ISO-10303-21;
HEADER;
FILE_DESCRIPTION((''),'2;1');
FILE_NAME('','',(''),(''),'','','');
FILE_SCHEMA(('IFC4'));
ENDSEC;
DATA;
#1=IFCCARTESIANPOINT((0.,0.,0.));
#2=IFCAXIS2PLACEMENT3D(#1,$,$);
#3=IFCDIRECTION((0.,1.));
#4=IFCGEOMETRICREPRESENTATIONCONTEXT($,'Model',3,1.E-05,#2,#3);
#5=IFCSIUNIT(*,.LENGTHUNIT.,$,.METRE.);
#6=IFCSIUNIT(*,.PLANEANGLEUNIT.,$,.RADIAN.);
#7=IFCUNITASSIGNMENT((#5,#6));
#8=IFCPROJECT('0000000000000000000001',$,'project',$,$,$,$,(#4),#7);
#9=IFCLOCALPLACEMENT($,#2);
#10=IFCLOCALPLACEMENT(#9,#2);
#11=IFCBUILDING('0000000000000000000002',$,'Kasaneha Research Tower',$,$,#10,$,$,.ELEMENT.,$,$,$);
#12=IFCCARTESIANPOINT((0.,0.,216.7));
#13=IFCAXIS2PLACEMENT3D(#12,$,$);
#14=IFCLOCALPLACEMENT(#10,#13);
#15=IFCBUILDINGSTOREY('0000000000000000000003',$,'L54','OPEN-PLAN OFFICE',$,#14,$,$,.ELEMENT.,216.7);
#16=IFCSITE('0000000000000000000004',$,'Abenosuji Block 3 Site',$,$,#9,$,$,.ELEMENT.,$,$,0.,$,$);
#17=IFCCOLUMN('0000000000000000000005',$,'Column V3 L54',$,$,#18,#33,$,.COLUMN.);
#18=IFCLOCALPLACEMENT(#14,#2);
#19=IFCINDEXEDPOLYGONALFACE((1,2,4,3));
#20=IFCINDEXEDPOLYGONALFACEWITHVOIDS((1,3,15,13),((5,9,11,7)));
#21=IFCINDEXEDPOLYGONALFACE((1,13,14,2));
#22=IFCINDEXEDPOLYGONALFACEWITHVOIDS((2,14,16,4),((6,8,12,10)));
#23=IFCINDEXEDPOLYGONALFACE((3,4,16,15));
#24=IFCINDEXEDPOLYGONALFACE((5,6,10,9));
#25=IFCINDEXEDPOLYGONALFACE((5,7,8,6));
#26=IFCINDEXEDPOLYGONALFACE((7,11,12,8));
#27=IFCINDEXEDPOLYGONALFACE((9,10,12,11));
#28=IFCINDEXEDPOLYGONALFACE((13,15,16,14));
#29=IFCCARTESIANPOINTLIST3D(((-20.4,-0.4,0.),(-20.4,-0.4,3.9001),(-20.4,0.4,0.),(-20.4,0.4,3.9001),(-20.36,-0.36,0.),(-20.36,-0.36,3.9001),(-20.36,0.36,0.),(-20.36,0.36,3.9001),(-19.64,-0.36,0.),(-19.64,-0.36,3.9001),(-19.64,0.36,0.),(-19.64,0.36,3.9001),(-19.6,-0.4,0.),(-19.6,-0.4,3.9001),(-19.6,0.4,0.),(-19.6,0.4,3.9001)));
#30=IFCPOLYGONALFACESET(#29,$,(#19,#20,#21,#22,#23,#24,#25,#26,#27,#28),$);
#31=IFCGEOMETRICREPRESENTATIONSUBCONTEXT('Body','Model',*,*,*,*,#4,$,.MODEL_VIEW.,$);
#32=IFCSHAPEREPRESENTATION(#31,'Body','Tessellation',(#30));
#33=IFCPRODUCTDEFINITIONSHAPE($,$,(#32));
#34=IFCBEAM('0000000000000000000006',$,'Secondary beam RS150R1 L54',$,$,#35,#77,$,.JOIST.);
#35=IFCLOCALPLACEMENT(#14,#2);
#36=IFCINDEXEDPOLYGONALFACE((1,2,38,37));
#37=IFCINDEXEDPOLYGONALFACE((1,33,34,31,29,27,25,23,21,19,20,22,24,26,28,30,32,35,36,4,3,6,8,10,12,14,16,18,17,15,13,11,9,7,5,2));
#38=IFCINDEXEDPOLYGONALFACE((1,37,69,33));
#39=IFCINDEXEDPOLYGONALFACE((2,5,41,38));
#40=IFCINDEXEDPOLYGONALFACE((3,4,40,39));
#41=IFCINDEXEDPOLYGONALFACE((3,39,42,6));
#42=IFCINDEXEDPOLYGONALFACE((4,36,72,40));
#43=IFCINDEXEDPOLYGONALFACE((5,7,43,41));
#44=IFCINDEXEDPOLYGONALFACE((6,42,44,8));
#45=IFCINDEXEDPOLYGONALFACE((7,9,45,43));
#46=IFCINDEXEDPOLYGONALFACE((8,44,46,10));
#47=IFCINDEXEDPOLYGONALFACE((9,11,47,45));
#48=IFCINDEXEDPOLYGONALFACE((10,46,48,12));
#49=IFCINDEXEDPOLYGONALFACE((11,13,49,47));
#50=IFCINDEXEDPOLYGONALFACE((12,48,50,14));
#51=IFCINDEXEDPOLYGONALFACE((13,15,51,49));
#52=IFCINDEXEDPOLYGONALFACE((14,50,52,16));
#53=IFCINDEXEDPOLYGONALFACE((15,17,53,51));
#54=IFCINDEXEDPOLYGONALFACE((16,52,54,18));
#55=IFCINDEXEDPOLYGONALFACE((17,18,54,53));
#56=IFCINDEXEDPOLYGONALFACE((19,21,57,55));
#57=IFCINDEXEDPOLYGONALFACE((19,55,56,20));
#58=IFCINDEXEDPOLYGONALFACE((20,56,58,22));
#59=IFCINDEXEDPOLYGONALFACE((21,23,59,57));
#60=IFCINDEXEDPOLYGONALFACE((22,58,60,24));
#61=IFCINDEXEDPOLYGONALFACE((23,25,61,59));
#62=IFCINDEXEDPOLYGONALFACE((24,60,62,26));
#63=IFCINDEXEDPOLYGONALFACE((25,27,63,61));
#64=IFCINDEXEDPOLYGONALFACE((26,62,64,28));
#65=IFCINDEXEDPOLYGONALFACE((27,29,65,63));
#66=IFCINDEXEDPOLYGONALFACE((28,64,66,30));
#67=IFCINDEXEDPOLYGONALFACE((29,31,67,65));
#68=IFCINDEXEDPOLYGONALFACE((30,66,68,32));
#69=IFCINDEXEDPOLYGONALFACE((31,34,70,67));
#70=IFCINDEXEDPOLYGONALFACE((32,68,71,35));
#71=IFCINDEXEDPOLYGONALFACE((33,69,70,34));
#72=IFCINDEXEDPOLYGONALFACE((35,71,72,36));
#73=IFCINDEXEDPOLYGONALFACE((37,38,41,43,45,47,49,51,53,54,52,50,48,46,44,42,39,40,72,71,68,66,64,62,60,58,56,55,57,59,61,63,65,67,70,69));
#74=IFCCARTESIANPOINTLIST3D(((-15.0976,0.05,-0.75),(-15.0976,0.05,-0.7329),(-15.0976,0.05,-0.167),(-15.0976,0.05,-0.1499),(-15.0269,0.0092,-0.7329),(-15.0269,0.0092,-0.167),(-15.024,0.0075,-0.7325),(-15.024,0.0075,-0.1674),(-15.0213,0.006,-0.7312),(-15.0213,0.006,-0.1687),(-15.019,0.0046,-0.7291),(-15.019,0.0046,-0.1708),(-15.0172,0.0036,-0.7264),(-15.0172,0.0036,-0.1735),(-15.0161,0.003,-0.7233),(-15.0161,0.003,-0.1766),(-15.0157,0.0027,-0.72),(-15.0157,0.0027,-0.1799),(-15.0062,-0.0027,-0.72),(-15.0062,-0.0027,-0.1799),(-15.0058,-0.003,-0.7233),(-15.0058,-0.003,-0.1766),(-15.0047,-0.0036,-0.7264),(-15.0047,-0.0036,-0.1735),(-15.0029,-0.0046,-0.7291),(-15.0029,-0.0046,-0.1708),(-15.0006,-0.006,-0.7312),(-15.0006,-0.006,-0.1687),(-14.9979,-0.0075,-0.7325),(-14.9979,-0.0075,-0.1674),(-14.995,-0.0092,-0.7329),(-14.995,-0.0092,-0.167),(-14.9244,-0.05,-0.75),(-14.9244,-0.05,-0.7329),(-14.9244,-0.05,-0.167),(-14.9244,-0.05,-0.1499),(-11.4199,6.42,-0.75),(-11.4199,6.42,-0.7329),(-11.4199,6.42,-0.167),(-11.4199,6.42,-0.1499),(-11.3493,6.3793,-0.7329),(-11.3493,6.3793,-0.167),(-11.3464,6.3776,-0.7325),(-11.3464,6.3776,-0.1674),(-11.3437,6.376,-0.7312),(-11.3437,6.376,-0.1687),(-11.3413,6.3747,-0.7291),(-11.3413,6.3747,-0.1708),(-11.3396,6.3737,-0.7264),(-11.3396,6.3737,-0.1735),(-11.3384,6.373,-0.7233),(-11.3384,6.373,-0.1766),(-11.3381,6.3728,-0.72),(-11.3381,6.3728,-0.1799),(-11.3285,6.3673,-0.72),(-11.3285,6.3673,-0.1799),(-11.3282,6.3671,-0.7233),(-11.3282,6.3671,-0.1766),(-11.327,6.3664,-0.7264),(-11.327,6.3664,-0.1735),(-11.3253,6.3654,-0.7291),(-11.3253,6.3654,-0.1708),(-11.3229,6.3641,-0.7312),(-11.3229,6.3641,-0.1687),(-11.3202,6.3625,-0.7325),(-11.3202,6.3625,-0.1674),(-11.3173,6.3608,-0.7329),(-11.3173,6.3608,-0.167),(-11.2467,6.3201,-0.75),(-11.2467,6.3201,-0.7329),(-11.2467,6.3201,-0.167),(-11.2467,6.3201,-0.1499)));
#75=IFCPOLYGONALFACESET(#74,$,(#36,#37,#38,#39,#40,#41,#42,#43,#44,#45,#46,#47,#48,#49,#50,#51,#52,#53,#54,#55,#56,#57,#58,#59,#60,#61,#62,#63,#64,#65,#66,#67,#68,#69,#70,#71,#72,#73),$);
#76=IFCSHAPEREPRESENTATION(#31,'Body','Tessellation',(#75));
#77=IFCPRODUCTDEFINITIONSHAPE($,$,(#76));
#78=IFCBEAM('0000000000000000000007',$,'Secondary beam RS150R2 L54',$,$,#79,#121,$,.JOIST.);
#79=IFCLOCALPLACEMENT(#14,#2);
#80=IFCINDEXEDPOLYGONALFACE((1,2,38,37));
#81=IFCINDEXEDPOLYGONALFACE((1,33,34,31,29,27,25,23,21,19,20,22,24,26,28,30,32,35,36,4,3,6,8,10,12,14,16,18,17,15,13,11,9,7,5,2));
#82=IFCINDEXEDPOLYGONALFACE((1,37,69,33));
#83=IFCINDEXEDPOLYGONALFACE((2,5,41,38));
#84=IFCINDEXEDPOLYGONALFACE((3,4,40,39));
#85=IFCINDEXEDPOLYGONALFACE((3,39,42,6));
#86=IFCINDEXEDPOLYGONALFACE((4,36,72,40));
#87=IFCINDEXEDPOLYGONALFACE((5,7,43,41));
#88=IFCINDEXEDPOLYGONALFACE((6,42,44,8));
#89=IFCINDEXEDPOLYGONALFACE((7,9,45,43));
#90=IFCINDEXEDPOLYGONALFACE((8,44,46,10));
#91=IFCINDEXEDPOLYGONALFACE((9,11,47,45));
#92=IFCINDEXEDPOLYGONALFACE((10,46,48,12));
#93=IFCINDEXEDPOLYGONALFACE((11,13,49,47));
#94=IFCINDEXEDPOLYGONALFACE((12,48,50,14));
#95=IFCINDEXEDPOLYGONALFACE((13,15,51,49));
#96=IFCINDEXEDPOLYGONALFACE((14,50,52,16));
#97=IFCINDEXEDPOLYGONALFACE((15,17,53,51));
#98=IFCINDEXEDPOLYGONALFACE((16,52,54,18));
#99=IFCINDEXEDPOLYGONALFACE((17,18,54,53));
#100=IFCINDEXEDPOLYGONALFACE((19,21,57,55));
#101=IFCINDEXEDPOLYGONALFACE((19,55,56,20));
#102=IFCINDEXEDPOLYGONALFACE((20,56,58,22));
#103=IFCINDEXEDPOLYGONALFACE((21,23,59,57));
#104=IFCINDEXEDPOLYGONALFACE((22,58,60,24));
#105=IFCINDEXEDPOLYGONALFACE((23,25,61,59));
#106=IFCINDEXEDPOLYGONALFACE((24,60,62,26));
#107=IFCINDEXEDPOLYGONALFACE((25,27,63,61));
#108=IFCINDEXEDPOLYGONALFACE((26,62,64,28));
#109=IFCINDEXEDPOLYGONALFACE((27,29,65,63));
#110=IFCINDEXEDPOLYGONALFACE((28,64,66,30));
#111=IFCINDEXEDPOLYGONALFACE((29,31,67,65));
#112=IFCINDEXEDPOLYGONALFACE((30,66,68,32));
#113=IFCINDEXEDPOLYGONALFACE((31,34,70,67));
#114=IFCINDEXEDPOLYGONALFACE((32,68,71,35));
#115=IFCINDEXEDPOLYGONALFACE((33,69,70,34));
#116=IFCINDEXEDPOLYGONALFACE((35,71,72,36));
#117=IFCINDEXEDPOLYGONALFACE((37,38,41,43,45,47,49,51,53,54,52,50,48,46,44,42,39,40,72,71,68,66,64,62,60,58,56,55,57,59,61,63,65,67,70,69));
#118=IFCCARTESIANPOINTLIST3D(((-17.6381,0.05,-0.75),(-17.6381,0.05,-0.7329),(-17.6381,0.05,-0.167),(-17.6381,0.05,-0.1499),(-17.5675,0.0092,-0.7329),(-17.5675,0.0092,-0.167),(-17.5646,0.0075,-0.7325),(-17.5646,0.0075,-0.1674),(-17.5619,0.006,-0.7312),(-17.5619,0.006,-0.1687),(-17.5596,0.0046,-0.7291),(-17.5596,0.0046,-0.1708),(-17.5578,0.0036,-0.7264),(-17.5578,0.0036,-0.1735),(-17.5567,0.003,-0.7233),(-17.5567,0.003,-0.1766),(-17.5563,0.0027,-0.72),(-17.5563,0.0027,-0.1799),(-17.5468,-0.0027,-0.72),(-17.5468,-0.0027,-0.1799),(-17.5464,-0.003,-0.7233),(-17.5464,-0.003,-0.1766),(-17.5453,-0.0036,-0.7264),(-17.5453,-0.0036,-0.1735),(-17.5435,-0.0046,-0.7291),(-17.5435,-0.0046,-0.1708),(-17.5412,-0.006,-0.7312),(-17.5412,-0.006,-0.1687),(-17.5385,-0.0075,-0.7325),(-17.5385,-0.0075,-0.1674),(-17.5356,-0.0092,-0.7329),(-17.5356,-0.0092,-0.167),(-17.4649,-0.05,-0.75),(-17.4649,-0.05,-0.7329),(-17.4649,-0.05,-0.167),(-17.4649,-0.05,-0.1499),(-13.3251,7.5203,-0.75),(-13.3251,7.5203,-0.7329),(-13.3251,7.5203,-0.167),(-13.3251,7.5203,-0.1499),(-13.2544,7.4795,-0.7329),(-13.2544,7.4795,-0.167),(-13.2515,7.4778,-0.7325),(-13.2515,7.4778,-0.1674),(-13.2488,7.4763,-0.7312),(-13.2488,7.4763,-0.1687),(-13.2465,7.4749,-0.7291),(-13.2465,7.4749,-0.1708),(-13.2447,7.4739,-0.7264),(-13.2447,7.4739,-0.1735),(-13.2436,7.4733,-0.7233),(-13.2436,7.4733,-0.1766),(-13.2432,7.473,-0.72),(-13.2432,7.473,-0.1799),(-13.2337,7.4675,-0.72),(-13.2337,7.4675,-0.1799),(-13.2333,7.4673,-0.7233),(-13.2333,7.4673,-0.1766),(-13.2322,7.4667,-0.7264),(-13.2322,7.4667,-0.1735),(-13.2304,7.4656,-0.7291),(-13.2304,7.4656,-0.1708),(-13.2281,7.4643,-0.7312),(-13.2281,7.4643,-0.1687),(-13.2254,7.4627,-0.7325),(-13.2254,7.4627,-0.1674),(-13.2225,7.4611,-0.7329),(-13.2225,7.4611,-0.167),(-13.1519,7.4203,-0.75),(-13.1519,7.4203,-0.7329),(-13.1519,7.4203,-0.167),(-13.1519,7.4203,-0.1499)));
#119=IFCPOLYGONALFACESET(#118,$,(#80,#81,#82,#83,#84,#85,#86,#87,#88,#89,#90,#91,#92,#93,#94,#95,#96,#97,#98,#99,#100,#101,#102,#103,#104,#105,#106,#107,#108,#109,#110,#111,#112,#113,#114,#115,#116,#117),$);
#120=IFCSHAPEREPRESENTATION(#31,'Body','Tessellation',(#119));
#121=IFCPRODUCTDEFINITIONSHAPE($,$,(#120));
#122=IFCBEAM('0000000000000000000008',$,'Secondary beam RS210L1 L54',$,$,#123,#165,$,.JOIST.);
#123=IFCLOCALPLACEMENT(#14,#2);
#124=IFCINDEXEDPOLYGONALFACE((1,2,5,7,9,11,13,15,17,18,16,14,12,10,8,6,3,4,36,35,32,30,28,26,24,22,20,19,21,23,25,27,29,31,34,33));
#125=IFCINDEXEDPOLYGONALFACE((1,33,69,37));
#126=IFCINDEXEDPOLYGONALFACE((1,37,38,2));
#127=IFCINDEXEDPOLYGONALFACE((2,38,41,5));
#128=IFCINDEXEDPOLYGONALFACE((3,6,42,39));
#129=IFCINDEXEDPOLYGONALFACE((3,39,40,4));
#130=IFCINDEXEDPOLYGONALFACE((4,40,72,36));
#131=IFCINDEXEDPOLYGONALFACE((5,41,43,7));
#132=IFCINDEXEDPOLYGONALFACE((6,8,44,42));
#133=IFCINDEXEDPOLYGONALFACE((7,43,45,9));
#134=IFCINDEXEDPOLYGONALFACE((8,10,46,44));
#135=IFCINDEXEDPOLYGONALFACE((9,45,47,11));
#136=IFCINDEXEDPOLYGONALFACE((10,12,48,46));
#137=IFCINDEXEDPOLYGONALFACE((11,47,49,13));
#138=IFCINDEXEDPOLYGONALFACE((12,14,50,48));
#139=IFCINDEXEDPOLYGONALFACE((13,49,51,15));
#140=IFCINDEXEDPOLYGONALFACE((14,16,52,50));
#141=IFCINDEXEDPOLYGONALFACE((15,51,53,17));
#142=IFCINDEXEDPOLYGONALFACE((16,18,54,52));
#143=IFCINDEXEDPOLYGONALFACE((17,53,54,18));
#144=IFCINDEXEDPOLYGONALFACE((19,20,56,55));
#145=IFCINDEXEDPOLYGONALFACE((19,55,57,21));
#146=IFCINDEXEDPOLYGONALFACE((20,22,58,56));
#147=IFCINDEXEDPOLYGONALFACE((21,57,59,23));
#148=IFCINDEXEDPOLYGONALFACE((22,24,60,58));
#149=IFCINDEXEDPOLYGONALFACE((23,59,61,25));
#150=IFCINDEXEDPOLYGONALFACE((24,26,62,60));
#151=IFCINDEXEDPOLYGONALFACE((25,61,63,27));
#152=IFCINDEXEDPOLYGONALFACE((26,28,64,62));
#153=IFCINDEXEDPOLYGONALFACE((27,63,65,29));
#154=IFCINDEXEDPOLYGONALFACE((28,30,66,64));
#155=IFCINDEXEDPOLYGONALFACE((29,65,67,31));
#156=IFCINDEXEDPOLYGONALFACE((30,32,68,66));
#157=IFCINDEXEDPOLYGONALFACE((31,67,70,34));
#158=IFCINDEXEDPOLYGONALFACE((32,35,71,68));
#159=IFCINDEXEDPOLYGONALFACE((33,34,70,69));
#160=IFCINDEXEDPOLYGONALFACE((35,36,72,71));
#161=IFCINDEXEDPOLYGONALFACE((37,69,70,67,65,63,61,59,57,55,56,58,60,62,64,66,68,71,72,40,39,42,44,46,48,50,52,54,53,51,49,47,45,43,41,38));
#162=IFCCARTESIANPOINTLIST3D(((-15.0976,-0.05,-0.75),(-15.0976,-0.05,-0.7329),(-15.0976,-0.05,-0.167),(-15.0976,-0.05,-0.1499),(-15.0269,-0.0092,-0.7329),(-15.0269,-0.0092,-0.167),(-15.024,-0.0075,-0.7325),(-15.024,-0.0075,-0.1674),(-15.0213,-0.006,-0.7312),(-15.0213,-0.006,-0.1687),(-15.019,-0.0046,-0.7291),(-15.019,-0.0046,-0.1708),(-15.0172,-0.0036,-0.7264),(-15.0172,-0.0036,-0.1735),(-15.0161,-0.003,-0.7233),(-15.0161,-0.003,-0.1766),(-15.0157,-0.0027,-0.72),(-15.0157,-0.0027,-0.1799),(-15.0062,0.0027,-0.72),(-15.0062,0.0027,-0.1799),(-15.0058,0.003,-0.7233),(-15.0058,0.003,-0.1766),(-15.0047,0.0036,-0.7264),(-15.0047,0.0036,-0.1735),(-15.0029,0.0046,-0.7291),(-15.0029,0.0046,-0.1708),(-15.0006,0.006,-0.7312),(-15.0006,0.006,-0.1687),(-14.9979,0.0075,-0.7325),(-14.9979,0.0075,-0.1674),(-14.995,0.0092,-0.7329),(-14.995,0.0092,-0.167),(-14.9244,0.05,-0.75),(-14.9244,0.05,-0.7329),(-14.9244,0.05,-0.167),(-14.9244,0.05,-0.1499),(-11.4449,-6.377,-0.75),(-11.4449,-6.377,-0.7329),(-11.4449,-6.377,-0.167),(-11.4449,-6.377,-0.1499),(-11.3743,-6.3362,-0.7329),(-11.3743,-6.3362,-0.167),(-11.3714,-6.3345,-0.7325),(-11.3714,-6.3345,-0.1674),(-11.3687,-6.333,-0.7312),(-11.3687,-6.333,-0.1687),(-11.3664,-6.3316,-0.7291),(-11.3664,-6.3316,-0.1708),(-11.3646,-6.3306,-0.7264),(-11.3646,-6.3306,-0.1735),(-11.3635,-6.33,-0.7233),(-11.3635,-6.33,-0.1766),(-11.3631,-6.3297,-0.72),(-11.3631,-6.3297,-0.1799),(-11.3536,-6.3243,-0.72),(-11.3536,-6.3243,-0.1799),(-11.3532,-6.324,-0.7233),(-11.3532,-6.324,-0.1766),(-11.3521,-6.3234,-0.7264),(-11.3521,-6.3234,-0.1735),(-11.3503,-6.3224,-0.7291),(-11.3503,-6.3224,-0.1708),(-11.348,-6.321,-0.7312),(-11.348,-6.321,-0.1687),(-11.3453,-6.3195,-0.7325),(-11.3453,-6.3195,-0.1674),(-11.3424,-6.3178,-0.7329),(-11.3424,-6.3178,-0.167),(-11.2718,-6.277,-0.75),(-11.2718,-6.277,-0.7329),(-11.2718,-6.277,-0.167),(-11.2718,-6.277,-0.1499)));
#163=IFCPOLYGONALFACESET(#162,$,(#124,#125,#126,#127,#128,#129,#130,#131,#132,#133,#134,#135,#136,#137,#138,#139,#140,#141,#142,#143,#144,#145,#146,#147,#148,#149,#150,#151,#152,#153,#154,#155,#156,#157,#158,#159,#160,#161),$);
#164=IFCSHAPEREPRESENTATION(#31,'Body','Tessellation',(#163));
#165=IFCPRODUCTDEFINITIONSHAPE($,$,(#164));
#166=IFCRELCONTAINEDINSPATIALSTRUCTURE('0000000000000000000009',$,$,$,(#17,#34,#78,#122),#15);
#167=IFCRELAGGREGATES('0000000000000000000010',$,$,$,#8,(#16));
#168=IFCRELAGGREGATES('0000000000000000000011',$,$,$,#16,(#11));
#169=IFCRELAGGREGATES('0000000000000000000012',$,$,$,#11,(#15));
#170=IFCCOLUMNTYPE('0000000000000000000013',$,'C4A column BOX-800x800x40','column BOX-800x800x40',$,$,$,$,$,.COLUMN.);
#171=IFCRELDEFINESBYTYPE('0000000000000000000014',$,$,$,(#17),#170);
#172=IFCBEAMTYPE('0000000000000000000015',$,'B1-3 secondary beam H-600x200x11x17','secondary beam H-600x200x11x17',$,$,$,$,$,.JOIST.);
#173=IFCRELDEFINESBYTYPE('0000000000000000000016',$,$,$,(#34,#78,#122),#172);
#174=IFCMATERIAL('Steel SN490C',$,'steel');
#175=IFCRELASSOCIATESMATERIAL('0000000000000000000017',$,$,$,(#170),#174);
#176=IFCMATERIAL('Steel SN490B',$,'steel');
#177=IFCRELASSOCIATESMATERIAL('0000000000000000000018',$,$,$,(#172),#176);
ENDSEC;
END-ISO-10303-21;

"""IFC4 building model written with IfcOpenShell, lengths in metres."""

from ifc_helpers import new_model, si_unit, direction, frame, origin, origin_2d, place, context, subcontext, project, spatial, hollow_rectangle, i_section, extrude, material, material_profile, profile_set, type_object, element, save


model = new_model("IFC4")

# Units and contexts
model_context = context("Model", 3, precision=1e-05, world=origin(), true_north=direction((0.0, 1.0)))
body_context = subcontext(model_context, "Body", "Model", "MODEL_VIEW")
ifc_project = project(units=[si_unit("LENGTHUNIT", "METRE"), si_unit("PLANEANGLEUNIT", "RADIAN")], contexts=[model_context])

# Site, building, storey
site_placement = place(None, origin())
site = spatial("IfcSite", under=ifc_project, at=site_placement, Name="Abenosuji Block 3 Site", CompositionType="ELEMENT", RefElevation=0.0)
building_placement = place(site_placement, origin())
building = spatial("IfcBuilding", under=site, at=building_placement, Name="Kasaneha Research Tower", CompositionType="ELEMENT")
storey_placement = place(building_placement, frame((0.0, 0.0, 216.7)))
storey = spatial("IfcBuildingStorey", under=building, at=storey_placement, Name="L54", Description="OPEN-PLAN OFFICE", CompositionType="ELEMENT", Elevation=216.7)

# Column
ifc_material_1 = material(Name="Steel SN490C", Category="steel")
ifc_material_profile_1 = material_profile(ifc_material_1, hollow_rectangle(XDim=0.8, YDim=0.8, WallThickness=0.04, at=origin_2d()), Name="BOX-800x800x40")
ifc_profile_set_1 = profile_set([ifc_material_profile_1], Name="Steel SN490C")
column_type = type_object("IfcColumnType", Name="C4A column BOX-800x800x40", Description="column BOX-800x800x40", PredefinedType="COLUMN", material=ifc_profile_set_1)
column_placement = place(storey_placement, frame((-20.0, 0.0, 0.0), z_axis=(0.0, 0.0, 1.0), x_axis=(1.0, 0.0, 0.0)))
element("IfcColumn", 1, at=column_placement, inside=storey, type_object=column_type, Name="Column V3 L54", PredefinedType="COLUMN", context=body_context, shape_type="SweptSolid", body=[
    extrude(hollow_rectangle(XDim=0.8, YDim=0.8, WallThickness=0.04, at=origin_2d()), origin(), (0.0, 0.0, 1.0), 3.9001),
])

# Beams
ifc_material_2 = material(Name="Steel SN490B", Category="steel")
ifc_material_profile_2 = material_profile(ifc_material_2, i_section(OverallWidth=0.2, OverallDepth=0.6001, WebThickness=0.011, FlangeThickness=0.0171, FilletRadius=0.0129, at=origin_2d()), Name="H-600x200x11x17")
ifc_profile_set_2 = profile_set([ifc_material_profile_2], Name="Steel SN490B")
beam_type_1 = type_object("IfcBeamType", Name="B1-3 secondary beam H-600x200x11x17", Description="secondary beam H-600x200x11x17", PredefinedType="JOIST", material=ifc_profile_set_2)
beam_1_placement = place(storey_placement, frame((-15.011, 0.0, -0.45), z_axis=(0.499994, 0.866029, 0.0), x_axis=(-0.866029, 0.499994, 0.0)))
element("IfcBeam", 2, at=beam_1_placement, inside=storey, type_object=beam_type_1, Name="Secondary beam RS150R1 L54", PredefinedType="JOIST", context=body_context, shape_type="SweptSolid", body=[
    extrude(i_section(OverallWidth=0.2, OverallDepth=0.6001, WebThickness=0.011, FlangeThickness=0.0171, FilletRadius=0.0129, at=origin_2d()), origin(), (0.0, 0.0, 1.0), 7.3555),
])
beam_2_placement = place(storey_placement, frame((-17.5515, 0.0, -0.45), z_axis=(0.500005, 0.866023, 0.0), x_axis=(-0.866023, 0.500005, 0.0)))
element("IfcBeam", 3, at=beam_2_placement, inside=storey, type_object=beam_type_1, Name="Secondary beam RS150R2 L54", PredefinedType="JOIST", context=body_context, shape_type="SweptSolid", body=[
    extrude(i_section(OverallWidth=0.2, OverallDepth=0.6001, WebThickness=0.011, FlangeThickness=0.0171, FilletRadius=0.0129, at=origin_2d()), origin(), (0.0, 0.0, 1.0), 8.626),
])
beam_3_placement = place(storey_placement, frame((-15.011, 0.0, -0.45), z_axis=(0.499974, -0.86604, 0.0), x_axis=(0.86604, 0.499974, 0.0)))
element("IfcBeam", 4, at=beam_3_placement, inside=storey, type_object=beam_type_1, Name="Secondary beam RS210L1 L54", PredefinedType="JOIST", context=body_context, shape_type="SweptSolid", body=[
    extrude(i_section(OverallWidth=0.2, OverallDepth=0.6001, WebThickness=0.011, FlangeThickness=0.0171, FilletRadius=0.0129, at=origin_2d()), origin(), (0.0, 0.0, 1.0), 7.3057),
])

save(model, "model.ifc")
